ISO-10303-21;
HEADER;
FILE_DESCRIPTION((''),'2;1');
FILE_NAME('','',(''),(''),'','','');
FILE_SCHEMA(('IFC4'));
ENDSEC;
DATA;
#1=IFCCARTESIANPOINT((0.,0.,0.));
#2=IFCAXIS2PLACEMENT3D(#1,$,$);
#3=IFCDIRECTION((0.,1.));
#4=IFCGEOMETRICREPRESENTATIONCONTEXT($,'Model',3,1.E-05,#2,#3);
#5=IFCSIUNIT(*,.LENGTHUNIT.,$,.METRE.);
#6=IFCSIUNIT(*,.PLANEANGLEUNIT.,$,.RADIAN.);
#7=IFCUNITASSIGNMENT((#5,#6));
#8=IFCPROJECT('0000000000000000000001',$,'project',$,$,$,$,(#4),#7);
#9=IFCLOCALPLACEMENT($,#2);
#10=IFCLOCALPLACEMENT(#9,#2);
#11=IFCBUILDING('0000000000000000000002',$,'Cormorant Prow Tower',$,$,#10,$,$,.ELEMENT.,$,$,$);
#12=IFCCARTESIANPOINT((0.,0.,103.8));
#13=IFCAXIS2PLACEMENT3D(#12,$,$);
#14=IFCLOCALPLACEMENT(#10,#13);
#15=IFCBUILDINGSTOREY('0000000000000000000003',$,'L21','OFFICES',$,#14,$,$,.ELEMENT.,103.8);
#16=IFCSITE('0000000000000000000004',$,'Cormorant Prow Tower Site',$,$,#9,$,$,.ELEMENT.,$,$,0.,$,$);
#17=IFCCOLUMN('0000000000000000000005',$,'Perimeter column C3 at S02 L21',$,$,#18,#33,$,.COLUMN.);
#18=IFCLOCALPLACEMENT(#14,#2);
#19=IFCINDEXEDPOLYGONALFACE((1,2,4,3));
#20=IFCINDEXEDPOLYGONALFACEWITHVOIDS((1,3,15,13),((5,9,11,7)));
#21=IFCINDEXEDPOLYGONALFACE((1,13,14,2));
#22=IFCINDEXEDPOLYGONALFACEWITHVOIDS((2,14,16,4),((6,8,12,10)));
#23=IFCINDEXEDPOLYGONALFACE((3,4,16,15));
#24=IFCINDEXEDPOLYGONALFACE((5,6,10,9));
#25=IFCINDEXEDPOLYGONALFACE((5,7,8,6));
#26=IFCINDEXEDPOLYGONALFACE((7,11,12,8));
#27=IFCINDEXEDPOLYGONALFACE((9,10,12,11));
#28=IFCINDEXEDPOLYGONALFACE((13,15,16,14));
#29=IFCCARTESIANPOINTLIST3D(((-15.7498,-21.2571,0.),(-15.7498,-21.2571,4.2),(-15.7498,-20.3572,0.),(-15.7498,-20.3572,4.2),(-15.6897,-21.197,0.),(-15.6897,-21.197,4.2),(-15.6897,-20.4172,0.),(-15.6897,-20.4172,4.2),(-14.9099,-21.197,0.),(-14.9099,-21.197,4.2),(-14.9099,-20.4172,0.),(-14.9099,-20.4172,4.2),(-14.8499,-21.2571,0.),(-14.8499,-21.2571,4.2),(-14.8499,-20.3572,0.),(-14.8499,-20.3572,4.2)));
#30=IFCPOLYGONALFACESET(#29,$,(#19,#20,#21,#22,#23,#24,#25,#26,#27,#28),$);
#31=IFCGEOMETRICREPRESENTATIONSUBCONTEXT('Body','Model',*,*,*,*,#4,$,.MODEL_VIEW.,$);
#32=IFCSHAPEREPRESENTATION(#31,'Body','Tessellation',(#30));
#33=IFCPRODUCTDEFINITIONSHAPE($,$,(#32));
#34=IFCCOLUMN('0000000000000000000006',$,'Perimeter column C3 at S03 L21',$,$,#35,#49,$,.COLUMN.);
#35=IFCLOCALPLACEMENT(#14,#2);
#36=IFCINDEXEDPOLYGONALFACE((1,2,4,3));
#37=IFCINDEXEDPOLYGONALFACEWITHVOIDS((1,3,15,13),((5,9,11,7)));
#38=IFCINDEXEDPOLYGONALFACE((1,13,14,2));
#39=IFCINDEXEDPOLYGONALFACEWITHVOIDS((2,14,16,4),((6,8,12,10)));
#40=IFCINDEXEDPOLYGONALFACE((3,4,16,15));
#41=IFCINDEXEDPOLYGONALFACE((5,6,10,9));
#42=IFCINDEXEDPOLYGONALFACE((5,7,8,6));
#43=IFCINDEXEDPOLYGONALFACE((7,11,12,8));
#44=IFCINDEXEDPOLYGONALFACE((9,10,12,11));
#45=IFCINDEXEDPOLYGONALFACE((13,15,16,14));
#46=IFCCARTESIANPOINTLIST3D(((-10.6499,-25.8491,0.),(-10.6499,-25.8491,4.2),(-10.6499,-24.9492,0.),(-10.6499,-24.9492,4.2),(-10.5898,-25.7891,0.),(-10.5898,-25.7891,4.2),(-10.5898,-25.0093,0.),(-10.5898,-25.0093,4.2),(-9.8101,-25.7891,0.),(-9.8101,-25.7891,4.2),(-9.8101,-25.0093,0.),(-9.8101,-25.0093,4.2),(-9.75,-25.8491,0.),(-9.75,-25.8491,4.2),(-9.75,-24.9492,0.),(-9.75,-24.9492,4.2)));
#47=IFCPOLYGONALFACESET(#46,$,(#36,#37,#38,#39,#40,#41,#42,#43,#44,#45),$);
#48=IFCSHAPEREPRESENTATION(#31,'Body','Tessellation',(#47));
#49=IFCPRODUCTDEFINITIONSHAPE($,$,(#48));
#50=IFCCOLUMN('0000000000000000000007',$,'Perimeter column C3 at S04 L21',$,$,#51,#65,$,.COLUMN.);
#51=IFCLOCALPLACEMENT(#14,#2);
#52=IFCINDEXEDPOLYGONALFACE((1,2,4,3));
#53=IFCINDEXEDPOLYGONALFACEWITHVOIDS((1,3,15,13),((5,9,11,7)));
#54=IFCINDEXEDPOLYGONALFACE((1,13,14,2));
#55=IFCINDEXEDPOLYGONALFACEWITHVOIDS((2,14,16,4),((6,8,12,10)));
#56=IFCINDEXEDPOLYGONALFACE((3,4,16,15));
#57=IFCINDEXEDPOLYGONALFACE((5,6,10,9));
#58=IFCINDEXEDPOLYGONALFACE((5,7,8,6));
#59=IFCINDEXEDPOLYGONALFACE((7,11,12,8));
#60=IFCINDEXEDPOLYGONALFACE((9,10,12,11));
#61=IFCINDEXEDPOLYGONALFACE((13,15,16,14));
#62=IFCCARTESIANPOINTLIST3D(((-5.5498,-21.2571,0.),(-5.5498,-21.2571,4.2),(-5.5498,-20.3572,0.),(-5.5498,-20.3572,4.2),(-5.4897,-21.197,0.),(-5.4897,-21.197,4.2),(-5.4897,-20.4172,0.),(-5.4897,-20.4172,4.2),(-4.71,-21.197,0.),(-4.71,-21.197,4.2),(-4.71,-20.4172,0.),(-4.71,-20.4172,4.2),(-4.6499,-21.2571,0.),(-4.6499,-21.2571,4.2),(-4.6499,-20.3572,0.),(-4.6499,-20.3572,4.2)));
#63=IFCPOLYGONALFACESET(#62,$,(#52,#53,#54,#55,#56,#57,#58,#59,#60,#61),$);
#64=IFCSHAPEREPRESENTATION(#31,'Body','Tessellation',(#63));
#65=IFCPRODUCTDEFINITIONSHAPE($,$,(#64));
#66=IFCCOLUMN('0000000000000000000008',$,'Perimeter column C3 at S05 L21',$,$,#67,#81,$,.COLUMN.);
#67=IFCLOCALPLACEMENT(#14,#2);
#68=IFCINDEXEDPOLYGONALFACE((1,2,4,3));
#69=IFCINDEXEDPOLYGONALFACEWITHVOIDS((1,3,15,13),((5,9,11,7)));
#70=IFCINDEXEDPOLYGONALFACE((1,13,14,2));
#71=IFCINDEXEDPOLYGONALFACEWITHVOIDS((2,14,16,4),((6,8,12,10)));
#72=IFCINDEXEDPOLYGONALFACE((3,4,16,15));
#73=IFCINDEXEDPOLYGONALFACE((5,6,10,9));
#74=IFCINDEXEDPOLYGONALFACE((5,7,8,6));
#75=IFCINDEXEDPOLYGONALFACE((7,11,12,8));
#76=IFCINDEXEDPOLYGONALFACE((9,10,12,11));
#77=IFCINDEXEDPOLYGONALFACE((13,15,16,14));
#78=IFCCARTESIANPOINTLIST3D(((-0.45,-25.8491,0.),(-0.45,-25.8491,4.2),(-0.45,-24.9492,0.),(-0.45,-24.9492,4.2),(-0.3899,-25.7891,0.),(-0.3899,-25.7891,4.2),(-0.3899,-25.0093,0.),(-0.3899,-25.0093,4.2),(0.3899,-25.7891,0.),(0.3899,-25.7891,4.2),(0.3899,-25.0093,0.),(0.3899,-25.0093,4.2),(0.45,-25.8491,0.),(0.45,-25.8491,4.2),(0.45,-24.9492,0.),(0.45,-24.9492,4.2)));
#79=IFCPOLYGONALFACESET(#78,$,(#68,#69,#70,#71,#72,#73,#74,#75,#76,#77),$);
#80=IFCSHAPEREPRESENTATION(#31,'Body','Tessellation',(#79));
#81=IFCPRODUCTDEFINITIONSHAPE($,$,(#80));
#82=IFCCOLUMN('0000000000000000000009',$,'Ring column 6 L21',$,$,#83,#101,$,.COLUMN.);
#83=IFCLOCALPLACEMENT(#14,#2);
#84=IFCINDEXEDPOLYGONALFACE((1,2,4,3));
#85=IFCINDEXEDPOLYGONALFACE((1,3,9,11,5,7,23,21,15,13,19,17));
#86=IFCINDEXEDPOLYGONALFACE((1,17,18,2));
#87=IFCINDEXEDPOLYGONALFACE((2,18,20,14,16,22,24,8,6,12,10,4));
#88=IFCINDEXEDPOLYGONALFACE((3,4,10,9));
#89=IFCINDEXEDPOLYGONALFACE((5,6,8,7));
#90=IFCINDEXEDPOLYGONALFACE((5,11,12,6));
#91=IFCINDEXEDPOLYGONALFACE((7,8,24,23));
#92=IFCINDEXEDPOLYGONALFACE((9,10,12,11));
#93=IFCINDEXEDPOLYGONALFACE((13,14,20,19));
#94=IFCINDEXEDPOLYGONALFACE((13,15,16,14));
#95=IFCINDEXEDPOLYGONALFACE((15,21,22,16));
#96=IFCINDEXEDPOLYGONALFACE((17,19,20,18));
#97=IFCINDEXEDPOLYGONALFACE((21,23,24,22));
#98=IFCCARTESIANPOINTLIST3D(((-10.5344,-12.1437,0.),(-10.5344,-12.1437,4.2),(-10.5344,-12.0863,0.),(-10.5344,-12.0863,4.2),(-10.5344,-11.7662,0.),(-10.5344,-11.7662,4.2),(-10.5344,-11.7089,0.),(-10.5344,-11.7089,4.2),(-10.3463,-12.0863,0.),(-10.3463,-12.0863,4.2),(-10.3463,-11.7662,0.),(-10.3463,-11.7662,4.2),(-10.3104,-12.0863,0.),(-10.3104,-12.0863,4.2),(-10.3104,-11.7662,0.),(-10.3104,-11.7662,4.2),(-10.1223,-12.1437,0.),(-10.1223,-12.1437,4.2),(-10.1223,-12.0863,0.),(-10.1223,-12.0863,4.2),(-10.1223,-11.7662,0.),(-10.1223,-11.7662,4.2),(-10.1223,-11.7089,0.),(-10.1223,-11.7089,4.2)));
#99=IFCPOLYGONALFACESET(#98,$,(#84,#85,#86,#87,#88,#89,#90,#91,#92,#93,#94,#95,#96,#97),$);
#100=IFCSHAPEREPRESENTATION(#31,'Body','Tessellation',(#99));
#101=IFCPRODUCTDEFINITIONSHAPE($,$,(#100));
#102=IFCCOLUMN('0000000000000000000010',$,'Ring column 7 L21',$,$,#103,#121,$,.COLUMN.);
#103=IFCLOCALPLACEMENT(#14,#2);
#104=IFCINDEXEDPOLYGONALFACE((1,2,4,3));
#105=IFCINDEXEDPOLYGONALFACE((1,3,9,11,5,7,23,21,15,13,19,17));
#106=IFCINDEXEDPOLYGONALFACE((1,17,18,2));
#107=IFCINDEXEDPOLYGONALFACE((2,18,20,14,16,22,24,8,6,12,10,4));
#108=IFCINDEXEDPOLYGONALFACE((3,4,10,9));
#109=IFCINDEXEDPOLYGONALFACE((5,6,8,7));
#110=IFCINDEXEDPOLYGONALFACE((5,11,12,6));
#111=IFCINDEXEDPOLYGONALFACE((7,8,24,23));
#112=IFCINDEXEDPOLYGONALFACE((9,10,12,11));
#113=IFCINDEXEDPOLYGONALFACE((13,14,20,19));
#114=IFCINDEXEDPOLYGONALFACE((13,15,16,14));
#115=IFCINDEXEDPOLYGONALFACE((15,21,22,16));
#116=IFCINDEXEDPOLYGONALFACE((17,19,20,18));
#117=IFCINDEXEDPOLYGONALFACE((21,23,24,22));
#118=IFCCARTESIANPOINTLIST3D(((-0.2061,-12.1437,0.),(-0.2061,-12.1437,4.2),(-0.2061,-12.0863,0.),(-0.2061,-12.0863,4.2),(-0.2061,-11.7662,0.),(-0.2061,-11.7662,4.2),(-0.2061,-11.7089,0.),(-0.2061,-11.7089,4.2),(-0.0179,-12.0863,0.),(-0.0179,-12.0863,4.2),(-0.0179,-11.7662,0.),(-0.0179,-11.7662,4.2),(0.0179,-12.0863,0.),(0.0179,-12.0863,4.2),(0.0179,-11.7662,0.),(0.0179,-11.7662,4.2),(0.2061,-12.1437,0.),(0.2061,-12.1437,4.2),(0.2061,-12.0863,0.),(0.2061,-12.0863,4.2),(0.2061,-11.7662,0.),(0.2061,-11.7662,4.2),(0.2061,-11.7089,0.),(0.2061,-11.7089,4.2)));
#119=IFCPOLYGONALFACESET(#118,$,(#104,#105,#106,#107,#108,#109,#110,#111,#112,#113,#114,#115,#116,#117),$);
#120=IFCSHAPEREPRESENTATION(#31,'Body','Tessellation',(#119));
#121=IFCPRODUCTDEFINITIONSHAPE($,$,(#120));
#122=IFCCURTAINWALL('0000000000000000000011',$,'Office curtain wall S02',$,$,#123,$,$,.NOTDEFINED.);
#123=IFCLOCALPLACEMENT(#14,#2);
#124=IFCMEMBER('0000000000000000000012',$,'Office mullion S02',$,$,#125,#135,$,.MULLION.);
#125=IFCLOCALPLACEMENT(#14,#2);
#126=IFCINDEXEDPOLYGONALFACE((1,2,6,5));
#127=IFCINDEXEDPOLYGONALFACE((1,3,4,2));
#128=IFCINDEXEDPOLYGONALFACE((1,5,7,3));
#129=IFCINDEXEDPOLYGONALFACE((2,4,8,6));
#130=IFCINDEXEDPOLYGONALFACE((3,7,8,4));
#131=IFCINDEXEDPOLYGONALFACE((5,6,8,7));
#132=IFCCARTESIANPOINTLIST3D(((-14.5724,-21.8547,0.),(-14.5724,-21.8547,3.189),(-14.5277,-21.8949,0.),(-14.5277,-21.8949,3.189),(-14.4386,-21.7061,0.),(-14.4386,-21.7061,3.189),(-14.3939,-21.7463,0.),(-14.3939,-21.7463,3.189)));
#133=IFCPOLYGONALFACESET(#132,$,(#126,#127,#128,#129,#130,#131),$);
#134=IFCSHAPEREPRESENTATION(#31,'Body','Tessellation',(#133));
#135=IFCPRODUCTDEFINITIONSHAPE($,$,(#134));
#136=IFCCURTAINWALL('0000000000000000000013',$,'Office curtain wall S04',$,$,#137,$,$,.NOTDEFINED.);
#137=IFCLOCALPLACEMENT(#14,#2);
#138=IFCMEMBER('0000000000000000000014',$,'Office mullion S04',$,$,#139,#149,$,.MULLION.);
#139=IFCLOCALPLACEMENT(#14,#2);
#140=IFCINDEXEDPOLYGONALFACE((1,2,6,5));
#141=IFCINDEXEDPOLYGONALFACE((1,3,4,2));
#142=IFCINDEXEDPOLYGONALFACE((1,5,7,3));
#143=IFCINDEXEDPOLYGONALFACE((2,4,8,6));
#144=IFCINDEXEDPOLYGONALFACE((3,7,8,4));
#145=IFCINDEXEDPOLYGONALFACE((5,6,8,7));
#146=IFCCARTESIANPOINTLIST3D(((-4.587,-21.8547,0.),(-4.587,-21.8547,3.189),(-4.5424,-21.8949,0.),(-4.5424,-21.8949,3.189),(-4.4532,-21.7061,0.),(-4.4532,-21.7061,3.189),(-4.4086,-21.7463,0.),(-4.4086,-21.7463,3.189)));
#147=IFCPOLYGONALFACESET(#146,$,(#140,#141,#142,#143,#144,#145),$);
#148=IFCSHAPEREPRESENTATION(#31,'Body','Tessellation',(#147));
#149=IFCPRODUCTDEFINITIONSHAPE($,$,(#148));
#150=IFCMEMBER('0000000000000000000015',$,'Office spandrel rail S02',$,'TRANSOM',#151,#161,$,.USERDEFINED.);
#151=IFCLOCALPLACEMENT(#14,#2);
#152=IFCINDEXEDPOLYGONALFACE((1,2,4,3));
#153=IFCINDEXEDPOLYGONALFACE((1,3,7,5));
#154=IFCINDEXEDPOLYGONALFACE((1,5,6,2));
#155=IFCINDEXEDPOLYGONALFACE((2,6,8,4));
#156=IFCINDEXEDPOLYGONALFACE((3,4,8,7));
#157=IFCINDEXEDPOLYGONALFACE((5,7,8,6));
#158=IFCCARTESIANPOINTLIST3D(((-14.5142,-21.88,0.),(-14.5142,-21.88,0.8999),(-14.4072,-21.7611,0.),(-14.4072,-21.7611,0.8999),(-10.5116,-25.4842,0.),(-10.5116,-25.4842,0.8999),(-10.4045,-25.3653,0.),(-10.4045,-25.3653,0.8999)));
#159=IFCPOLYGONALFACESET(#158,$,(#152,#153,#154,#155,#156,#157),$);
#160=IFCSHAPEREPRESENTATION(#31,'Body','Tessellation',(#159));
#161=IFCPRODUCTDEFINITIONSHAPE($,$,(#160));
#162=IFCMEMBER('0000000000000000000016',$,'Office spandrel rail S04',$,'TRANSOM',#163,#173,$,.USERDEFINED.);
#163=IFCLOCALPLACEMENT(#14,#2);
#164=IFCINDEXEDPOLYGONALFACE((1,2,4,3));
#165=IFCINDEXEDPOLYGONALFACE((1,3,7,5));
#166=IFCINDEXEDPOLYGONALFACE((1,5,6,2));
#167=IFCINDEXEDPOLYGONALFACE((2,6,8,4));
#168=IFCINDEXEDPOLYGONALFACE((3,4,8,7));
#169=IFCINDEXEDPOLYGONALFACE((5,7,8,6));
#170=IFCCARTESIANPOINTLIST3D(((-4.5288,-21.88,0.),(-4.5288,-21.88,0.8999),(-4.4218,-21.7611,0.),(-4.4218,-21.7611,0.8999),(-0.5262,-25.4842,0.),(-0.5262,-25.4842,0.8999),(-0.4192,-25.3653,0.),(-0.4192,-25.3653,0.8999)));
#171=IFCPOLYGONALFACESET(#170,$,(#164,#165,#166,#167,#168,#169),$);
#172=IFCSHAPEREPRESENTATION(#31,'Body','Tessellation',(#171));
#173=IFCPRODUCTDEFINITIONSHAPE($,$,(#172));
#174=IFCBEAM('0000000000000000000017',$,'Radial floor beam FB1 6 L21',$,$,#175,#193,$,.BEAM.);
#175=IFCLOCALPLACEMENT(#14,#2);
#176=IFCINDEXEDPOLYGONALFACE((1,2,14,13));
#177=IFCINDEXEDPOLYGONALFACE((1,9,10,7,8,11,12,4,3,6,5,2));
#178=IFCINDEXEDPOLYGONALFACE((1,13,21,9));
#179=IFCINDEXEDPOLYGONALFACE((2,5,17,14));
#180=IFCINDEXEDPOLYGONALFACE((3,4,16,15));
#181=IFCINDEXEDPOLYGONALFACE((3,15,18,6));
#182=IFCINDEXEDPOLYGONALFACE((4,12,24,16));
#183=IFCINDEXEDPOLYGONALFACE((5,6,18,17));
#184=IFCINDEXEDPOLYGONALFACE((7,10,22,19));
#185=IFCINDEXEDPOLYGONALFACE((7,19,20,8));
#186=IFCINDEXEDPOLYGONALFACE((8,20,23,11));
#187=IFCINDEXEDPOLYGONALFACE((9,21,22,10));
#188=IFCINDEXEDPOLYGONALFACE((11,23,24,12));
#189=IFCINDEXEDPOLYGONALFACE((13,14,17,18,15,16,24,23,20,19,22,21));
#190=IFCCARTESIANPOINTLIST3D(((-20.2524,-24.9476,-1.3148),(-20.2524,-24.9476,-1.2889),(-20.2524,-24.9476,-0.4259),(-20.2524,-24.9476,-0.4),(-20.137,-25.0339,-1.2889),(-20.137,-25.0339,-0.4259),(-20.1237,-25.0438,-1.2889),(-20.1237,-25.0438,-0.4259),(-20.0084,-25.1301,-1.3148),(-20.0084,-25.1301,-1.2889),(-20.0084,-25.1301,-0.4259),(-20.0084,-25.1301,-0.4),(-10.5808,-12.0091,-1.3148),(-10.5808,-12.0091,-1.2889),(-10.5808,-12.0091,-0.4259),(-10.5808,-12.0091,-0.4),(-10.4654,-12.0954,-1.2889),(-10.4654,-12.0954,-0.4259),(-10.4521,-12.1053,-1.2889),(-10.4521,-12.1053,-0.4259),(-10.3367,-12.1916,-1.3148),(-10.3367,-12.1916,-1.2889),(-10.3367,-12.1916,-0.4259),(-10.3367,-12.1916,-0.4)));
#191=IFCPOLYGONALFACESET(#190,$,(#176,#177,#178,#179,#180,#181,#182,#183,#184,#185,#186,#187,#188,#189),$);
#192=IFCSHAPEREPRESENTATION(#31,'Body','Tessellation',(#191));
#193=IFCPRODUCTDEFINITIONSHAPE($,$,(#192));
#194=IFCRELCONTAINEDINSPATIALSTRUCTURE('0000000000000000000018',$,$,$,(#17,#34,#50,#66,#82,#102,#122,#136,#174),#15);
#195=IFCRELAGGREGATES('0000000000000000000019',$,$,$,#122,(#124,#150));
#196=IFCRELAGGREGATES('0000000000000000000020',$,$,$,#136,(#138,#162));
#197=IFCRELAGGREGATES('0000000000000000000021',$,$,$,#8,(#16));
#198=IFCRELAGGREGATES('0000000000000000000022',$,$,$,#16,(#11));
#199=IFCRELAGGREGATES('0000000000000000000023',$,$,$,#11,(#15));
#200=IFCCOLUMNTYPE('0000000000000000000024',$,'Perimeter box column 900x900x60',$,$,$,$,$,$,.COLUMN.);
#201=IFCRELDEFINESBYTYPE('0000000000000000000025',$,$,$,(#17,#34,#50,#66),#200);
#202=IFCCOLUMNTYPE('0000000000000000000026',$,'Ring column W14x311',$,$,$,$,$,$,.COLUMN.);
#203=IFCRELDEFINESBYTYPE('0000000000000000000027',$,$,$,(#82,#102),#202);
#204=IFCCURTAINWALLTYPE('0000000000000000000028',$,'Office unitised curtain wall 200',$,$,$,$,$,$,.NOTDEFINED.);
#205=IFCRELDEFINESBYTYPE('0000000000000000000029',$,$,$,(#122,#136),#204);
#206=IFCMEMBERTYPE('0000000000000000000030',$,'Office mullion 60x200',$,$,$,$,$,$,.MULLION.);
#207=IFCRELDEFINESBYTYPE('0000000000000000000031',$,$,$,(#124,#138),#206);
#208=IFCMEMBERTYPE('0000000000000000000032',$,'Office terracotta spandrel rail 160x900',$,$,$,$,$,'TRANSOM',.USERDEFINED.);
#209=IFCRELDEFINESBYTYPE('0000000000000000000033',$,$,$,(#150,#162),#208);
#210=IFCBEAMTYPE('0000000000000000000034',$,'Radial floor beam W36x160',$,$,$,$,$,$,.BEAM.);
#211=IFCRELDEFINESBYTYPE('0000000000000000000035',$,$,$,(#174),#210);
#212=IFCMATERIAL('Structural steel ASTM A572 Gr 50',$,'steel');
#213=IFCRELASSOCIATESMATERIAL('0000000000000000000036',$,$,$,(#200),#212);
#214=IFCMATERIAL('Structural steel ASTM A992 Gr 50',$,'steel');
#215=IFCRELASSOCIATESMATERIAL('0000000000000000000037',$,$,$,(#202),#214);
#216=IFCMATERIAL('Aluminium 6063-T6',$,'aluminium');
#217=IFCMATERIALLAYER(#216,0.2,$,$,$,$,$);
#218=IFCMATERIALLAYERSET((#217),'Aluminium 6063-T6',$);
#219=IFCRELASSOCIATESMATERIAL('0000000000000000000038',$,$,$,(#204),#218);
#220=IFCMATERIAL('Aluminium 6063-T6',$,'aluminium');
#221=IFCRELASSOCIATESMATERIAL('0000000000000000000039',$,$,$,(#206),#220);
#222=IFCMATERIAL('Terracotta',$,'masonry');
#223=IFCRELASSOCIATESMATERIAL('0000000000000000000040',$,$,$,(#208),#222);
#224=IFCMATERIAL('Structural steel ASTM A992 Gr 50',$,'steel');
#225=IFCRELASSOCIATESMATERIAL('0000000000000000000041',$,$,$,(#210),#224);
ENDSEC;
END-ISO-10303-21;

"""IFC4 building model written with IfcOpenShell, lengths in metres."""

from ifc_helpers import new_model, si_unit, direction, frame, origin, origin_2d, place, context, subcontext, project, spatial, rectangle, hollow_rectangle, i_section, extrude, material, layer, layer_set, material_profile, profile_set, type_object, element, aggregate, save


model = new_model("IFC4")

# Units and contexts
model_context = context("Model", 3, precision=1e-05, world=origin(), true_north=direction((0.0, 1.0)))
body_context = subcontext(model_context, "Body", "Model", "MODEL_VIEW")
ifc_project = project(units=[si_unit("LENGTHUNIT", "METRE"), si_unit("PLANEANGLEUNIT", "RADIAN")], contexts=[model_context])

# Site, building, storey
site_placement = place(None, origin())
site = spatial("IfcSite", under=ifc_project, at=site_placement, Name="Cormorant Prow Tower Site", CompositionType="ELEMENT", RefElevation=0.0)
building_placement = place(site_placement, origin())
building = spatial("IfcBuilding", under=site, at=building_placement, Name="Cormorant Prow Tower", CompositionType="ELEMENT")
storey_placement = place(building_placement, frame((0.0, 0.0, 103.8)))
storey = spatial("IfcBuildingStorey", under=building, at=storey_placement, Name="L21", Description="OFFICES", CompositionType="ELEMENT", Elevation=103.8)

# Columns
ifc_material_1 = material(Name="Structural steel ASTM A572 Gr 50", Category="steel")
ifc_material_profile_1 = material_profile(ifc_material_1, hollow_rectangle(XDim=0.8999, YDim=0.8999, WallThickness=0.0601, at=origin_2d()), Name="Box 900x900x60")
ifc_profile_set_1 = profile_set([ifc_material_profile_1], Name="Structural steel ASTM A572 Gr 50")
column_type_1 = type_object("IfcColumnType", Name="Perimeter box column 900x900x60", PredefinedType="COLUMN", material=ifc_profile_set_1)
for number, where, z_axis, x_axis, name in (
    (1, (-15.2998, -20.8071, 0.0), (0.0, 0.0, 1.0), (1.0, 0.0, 0.0), "Perimeter column C3 at S02 L21"),
    (2, (-10.2, -25.3992, 0.0), (0.0, 0.0, 1.0), (1.0, 0.0, 0.0), "Perimeter column C3 at S03 L21"),
    (3, (-5.0999, -20.8071, 0.0), (0.0, 0.0, 1.0), (1.0, 0.0, 0.0), "Perimeter column C3 at S04 L21"),
    (4, (0.0, -25.3992, 0.0), (0.0, 0.0, 1.0), (1.0, 0.0, 0.0), "Perimeter column C3 at S05 L21"),
):
    element("IfcColumn", number, at=place(storey_placement, frame(where, z_axis=z_axis, x_axis=x_axis)), inside=storey, type_object=column_type_1, Name=name, PredefinedType="COLUMN", context=body_context, shape_type="SweptSolid", body=[
        extrude(hollow_rectangle(XDim=0.8999, YDim=0.8999, WallThickness=0.0601, at=origin_2d()), origin(), (0.0, 0.0, 1.0), 4.2),
    ])
ifc_material_2 = material(Name="Structural steel ASTM A992 Gr 50", Category="steel")
ifc_material_profile_2 = material_profile(ifc_material_2, i_section(OverallWidth=0.4121, OverallDepth=0.4348, WebThickness=0.0359, FlangeThickness=0.0574, at=origin_2d()), Name="W14x311")
ifc_profile_set_2 = profile_set([ifc_material_profile_2], Name="Structural steel ASTM A992 Gr 50")
column_type_2 = type_object("IfcColumnType", Name="Ring column W14x311", PredefinedType="COLUMN", material=ifc_profile_set_2)
for number, where, z_axis, x_axis, name in (
    (5, (-10.3284, -11.9263, 0.0), (0.0, 0.0, 1.0), (1.0, 0.0, 0.0), "Ring column 6 L21"),
    (6, (0.0, -11.9263, 0.0), (0.0, 0.0, 1.0), (1.0, 0.0, 0.0), "Ring column 7 L21"),
):
    element("IfcColumn", number, at=place(storey_placement, frame(where, z_axis=z_axis, x_axis=x_axis)), inside=storey, type_object=column_type_2, Name=name, PredefinedType="COLUMN", context=body_context, shape_type="SweptSolid", body=[
        extrude(i_section(OverallWidth=0.4121, OverallDepth=0.4348, WebThickness=0.0359, FlangeThickness=0.0574, at=origin_2d()), origin(), (0.0, 0.0, 1.0), 4.2),
    ])

# Curtain walls, members
ifc_material_3 = material(Name="Aluminium 6063-T6", Category="aluminium")
ifc_layer_1 = layer(ifc_material_3, 0.2)
ifc_layer_set_1 = layer_set([ifc_layer_1], Name="Aluminium 6063-T6")
curtain_wall_type = type_object("IfcCurtainWallType", Name="Office unitised curtain wall 200", PredefinedType="NOTDEFINED", material=ifc_layer_set_1)
curtain_wall_1_placement = place(storey_placement, origin())
curtain_wall_1 = element("IfcCurtainWall", 7, at=curtain_wall_1_placement, inside=storey, type_object=curtain_wall_type, Name="Office curtain wall S02", PredefinedType="NOTDEFINED")
ifc_material_4 = material(Name="Aluminium 6063-T6", Category="aluminium")
ifc_material_profile_3 = material_profile(ifc_material_4, rectangle(XDim=0.2, YDim=0.0601, at=origin_2d()), Name="Office mullion 60x200")
ifc_profile_set_3 = profile_set([ifc_material_profile_3], Name="Aluminium 6063-T6")
member_type_1 = type_object("IfcMemberType", Name="Office mullion 60x200", PredefinedType="MULLION", material=ifc_profile_set_3)
member_1_placement = place(storey_placement, frame((-14.4832, -21.8005, 0.0), z_axis=(0.0, 0.0, 1.0), x_axis=(0.669131, 0.743145, 0.0)))
member_1 = element("IfcMember", 8, at=member_1_placement, type_object=member_type_1, Name="Office mullion S02", PredefinedType="MULLION", context=body_context, shape_type="SweptSolid", body=[
    extrude(rectangle(XDim=0.2, YDim=0.0601, at=origin_2d()), origin(), (0.0, 0.0, 1.0), 3.189),
])
curtain_wall_2_placement = place(storey_placement, origin())
curtain_wall_2 = element("IfcCurtainWall", 9, at=curtain_wall_2_placement, inside=storey, type_object=curtain_wall_type, Name="Office curtain wall S04", PredefinedType="NOTDEFINED")
member_2_placement = place(storey_placement, frame((-4.4978, -21.8005, 0.0), z_axis=(0.0, 0.0, 1.0), x_axis=(0.669131, 0.743145, 0.0)))
member_2 = element("IfcMember", 10, at=member_2_placement, type_object=member_type_1, Name="Office mullion S04", PredefinedType="MULLION", context=body_context, shape_type="SweptSolid", body=[
    extrude(rectangle(XDim=0.2, YDim=0.0601, at=origin_2d()), origin(), (0.0, 0.0, 1.0), 3.189),
])

# Members
ifc_material_5 = material(Name="Terracotta", Category="masonry")
ifc_material_profile_4 = material_profile(ifc_material_5, rectangle(XDim=0.1599, YDim=0.8999, at=origin_2d()), Name="Office terracotta spandrel rail 160x900")
ifc_profile_set_4 = profile_set([ifc_material_profile_4], Name="Terracotta")
member_type_2 = type_object("IfcMemberType", Name="Office terracotta spandrel rail 160x900", ElementType="TRANSOM", PredefinedType="USERDEFINED", material=ifc_profile_set_4)
member_3_placement = place(storey_placement, frame((-14.4607, -21.8206, 0.45), z_axis=(0.743125, -0.669153, 0.0), x_axis=(0.669153, 0.743125, 0.0)))
member_3 = element("IfcMember", 11, at=member_3_placement, type_object=member_type_2, Name="Office spandrel rail S02", ObjectType="TRANSOM", PredefinedType="USERDEFINED", context=body_context, shape_type="SweptSolid", body=[
    extrude(rectangle(XDim=0.1599, YDim=0.8999, at=origin_2d()), origin(), (0.0, 0.0, 1.0), 5.3862),
])
member_4_placement = place(storey_placement, frame((-4.4753, -21.8206, 0.45), z_axis=(0.743125, -0.669153, 0.0), x_axis=(0.669153, 0.743125, 0.0)))
member_4 = element("IfcMember", 12, at=member_4_placement, type_object=member_type_2, Name="Office spandrel rail S04", ObjectType="TRANSOM", PredefinedType="USERDEFINED", context=body_context, shape_type="SweptSolid", body=[
    extrude(rectangle(XDim=0.1599, YDim=0.8999, at=origin_2d()), origin(), (0.0, 0.0, 1.0), 5.3862),
])

# Beam
ifc_material_6 = material(Name="Structural steel ASTM A992 Gr 50", Category="steel")
ifc_material_profile_5 = material_profile(ifc_material_6, i_section(OverallWidth=0.3047, OverallDepth=0.9148, WebThickness=0.0166, FlangeThickness=0.0259, at=origin_2d()), Name="W36x160")
ifc_profile_set_5 = profile_set([ifc_material_profile_5], Name="Structural steel ASTM A992 Gr 50")
beam_type_1 = type_object("IfcBeamType", Name="Radial floor beam W36x160", PredefinedType="BEAM", material=ifc_profile_set_5)
beam_placement = place(storey_placement, frame((-10.4587, -12.1003, -0.8574), z_axis=(-0.598722, -0.800957, 0.0), x_axis=(0.800957, -0.598722, 0.0)))
element("IfcBeam", 13, at=beam_placement, inside=storey, type_object=beam_type_1, Name="Radial floor beam FB1 6 L21", PredefinedType="BEAM", context=body_context, shape_type="SweptSolid", body=[
    extrude(i_section(OverallWidth=0.3047, OverallDepth=0.9148, WebThickness=0.0166, FlangeThickness=0.0259, at=origin_2d()), origin(), (0.0, 0.0, 1.0), 16.1538),
])

aggregate(curtain_wall_1, [member_1, member_3])
aggregate(curtain_wall_2, [member_2, member_4])

save(model, "model.ifc")
